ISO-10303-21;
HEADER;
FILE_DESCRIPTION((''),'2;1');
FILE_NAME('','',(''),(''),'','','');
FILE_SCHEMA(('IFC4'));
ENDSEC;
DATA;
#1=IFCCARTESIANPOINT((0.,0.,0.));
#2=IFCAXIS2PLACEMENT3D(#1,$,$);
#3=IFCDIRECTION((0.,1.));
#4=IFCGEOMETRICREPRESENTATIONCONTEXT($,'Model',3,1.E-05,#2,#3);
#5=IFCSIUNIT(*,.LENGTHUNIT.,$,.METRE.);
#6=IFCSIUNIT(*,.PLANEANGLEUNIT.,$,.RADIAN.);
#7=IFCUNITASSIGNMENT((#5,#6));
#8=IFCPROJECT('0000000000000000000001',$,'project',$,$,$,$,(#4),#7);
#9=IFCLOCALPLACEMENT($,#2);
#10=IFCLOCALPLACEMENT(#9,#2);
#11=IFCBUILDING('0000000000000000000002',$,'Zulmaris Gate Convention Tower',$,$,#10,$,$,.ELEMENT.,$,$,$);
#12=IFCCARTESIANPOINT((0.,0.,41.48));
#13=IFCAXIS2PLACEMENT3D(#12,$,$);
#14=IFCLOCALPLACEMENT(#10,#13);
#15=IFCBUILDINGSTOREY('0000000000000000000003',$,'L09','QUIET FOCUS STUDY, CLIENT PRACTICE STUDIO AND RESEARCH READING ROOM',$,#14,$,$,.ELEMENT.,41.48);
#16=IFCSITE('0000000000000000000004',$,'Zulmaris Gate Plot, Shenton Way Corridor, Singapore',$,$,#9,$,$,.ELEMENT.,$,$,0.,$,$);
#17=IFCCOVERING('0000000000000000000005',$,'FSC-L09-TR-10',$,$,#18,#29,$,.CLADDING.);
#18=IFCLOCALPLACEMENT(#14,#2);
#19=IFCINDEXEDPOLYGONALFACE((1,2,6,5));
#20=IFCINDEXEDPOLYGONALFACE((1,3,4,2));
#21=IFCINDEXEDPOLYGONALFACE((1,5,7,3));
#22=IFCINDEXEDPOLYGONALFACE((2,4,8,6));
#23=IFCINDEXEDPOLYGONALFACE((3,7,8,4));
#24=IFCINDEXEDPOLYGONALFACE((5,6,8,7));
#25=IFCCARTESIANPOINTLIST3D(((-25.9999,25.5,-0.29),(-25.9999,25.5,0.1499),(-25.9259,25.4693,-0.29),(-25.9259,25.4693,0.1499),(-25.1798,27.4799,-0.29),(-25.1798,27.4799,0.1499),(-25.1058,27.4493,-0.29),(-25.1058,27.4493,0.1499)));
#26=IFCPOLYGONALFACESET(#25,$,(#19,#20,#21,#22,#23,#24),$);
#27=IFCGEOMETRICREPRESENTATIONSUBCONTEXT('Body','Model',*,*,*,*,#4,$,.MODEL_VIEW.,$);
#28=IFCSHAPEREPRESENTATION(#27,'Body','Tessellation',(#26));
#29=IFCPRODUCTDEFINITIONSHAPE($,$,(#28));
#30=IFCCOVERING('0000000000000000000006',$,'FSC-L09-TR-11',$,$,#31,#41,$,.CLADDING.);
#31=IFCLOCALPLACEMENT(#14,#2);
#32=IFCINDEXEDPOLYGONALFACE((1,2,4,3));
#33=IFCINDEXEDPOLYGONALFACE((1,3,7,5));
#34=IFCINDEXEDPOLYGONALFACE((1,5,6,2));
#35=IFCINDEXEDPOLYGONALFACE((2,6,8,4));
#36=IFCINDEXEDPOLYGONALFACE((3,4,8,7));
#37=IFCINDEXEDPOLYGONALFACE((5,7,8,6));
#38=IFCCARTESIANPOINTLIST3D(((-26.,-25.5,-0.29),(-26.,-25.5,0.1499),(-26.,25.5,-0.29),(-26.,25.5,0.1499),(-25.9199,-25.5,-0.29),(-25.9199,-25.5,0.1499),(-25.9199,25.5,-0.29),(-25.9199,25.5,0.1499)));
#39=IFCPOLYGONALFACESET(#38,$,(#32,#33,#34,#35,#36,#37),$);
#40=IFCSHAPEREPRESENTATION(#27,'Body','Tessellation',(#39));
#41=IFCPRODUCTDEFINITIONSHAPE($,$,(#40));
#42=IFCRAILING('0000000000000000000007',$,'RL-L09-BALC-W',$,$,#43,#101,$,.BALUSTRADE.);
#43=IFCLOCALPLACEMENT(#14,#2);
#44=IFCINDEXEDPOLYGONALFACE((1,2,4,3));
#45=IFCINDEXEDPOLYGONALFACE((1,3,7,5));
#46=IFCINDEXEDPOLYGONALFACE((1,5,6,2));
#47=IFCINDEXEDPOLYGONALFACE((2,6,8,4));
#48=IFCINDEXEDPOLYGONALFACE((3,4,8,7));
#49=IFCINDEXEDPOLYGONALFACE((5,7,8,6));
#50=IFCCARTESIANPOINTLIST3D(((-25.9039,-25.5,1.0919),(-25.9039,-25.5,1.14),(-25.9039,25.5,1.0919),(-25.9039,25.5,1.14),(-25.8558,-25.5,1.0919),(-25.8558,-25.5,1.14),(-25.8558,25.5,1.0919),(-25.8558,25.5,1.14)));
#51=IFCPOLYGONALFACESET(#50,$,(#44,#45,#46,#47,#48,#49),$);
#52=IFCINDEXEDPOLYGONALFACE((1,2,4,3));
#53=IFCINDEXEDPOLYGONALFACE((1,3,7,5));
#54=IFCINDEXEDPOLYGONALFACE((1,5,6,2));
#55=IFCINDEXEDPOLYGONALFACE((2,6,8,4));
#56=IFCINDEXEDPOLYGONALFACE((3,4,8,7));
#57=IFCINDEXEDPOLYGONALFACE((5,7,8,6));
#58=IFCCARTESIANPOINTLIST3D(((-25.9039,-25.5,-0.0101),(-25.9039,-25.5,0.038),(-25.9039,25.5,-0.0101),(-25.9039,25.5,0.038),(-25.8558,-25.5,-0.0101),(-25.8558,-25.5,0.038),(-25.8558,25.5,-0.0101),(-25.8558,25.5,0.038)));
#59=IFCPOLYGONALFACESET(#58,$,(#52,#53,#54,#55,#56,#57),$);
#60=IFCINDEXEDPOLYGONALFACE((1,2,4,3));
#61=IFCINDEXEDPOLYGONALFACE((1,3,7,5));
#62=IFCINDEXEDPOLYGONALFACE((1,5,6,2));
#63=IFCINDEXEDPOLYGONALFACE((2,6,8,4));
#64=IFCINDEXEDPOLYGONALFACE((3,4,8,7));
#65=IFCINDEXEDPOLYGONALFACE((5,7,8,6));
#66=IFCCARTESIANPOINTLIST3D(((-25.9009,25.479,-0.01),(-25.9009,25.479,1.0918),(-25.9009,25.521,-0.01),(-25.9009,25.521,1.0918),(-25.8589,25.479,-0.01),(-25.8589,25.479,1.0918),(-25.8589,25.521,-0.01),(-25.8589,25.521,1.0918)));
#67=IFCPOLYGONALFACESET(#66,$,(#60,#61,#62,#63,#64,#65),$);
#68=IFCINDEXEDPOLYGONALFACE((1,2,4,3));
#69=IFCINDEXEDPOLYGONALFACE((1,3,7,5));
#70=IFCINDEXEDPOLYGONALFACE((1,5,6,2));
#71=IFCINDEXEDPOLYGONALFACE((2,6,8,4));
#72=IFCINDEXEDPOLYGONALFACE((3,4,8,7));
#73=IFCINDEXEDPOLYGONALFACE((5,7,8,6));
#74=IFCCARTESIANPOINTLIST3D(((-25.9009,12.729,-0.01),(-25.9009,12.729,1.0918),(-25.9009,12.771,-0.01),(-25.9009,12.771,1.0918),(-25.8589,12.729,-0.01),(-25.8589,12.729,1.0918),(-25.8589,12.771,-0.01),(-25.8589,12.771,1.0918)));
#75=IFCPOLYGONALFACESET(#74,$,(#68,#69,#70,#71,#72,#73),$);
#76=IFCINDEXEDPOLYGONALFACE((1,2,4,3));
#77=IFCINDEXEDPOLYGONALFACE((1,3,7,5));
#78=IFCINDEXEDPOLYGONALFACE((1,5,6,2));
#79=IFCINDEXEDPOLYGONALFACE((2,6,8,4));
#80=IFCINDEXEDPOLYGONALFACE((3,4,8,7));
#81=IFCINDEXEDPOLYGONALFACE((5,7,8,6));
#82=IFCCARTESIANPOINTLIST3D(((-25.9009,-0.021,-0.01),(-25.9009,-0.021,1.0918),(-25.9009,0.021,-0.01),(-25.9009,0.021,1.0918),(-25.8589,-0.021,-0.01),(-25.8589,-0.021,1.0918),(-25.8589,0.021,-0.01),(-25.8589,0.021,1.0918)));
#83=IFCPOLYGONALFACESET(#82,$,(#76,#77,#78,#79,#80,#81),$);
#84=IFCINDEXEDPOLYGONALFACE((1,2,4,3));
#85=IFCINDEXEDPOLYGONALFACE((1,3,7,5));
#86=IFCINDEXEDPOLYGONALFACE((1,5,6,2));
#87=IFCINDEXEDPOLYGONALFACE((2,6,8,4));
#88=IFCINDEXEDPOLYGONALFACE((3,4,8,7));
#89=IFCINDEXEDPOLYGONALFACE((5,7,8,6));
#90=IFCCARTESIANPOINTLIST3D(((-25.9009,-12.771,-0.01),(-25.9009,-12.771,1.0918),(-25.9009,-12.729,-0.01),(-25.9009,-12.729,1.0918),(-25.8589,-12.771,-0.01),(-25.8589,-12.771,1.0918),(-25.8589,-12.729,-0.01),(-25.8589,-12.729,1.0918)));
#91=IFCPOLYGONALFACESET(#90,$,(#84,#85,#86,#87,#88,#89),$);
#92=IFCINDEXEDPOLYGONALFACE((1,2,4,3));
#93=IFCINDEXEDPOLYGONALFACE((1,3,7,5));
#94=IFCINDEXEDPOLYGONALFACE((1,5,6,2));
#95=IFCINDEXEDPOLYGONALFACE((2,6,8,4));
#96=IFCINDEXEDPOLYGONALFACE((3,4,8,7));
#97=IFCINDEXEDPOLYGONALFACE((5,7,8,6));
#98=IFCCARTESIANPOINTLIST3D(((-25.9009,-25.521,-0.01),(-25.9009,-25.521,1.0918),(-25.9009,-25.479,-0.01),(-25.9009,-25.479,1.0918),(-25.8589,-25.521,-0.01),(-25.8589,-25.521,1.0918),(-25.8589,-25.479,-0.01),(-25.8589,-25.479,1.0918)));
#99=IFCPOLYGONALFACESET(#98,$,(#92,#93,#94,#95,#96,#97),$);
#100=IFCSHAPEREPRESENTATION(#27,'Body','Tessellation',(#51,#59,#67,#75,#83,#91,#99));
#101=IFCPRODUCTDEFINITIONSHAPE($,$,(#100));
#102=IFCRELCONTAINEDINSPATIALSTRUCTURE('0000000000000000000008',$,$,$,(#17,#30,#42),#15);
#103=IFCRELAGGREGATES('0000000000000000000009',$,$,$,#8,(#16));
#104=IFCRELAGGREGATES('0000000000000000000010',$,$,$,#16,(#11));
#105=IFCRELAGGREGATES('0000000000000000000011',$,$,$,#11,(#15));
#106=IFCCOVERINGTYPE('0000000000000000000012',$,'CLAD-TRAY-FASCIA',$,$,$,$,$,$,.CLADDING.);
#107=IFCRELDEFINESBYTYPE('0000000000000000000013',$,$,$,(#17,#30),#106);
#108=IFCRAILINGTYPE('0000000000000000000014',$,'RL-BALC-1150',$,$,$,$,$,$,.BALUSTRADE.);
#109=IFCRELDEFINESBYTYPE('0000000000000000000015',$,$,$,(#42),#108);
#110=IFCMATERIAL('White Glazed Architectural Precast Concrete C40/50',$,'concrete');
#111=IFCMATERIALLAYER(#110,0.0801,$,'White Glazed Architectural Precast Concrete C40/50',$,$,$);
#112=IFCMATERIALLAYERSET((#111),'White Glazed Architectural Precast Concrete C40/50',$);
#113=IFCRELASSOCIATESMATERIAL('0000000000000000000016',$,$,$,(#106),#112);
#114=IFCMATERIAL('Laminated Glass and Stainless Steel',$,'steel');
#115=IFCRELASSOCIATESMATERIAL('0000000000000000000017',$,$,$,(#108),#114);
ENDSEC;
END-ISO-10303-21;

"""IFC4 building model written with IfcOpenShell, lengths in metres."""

from ifc_helpers import new_model, si_unit, direction, frame, frame_2d, origin, origin_2d, place, context, subcontext, project, spatial, rectangle, extrude, material, layer, layer_set, type_object, element, save


model = new_model("IFC4")

# Units and contexts
model_context = context("Model", 3, precision=1e-05, world=origin(), true_north=direction((0.0, 1.0)))
body_context = subcontext(model_context, "Body", "Model", "MODEL_VIEW")
ifc_project = project(units=[si_unit("LENGTHUNIT", "METRE"), si_unit("PLANEANGLEUNIT", "RADIAN")], contexts=[model_context])

# Site, building, storey
site_placement = place(None, origin())
site = spatial("IfcSite", under=ifc_project, at=site_placement, Name="Zulmaris Gate Plot, Shenton Way Corridor, Singapore", CompositionType="ELEMENT", RefElevation=0.0)
building_placement = place(site_placement, origin())
building = spatial("IfcBuilding", under=site, at=building_placement, Name="Zulmaris Gate Convention Tower", CompositionType="ELEMENT")
storey_placement = place(building_placement, frame((0.0, 0.0, 41.48)))
storey = spatial("IfcBuildingStorey", under=building, at=storey_placement, Name="L09", Description="QUIET FOCUS STUDY, CLIENT PRACTICE STUDIO AND RESEARCH READING ROOM", CompositionType="ELEMENT", Elevation=41.48)

# Coverings
ifc_material_1 = material(Name="White Glazed Architectural Precast Concrete C40/50", Category="concrete")
ifc_layer_1 = layer(ifc_material_1, 0.0801, Name="White Glazed Architectural Precast Concrete C40/50")
ifc_layer_set_1 = layer_set([ifc_layer_1], Name="White Glazed Architectural Precast Concrete C40/50")
covering_type_1 = type_object("IfcCoveringType", Name="CLAD-TRAY-FASCIA", PredefinedType="CLADDING", material=ifc_layer_set_1)
covering_1_placement = place(storey_placement, frame((-25.1428, 27.4646, -0.29), z_axis=(0.0, 0.0, 1.0), x_axis=(-0.382657, -0.92389, 0.0)))
element("IfcCovering", 1, at=covering_1_placement, inside=storey, type_object=covering_type_1, Name="FSC-L09-TR-10", PredefinedType="CLADDING", context=body_context, shape_type="SweptSolid", body=[
    extrude(rectangle(XDim=2.1431, YDim=0.0801, at=frame_2d((1.0715, 0.0))), origin(), (0.0, 0.0, 1.0), 0.4399),
])
covering_2_placement = place(storey_placement, frame((-25.96, 25.5, -0.29), z_axis=(0.0, 0.0, 1.0), x_axis=(0.0, -1.0, 0.0)))
element("IfcCovering", 2, at=covering_2_placement, inside=storey, type_object=covering_type_1, Name="FSC-L09-TR-11", PredefinedType="CLADDING", context=body_context, shape_type="SweptSolid", body=[
    extrude(rectangle(XDim=51.0, YDim=0.0801, at=frame_2d((25.5, 0.0))), origin(), (0.0, 0.0, 1.0), 0.4399),
])

# Railing
ifc_material_2 = material(Name="Laminated Glass and Stainless Steel", Category="steel")
railing_type = type_object("IfcRailingType", Name="RL-BALC-1150", PredefinedType="BALUSTRADE", material=ifc_material_2)
railing_placement = place(storey_placement, frame((-25.8799, 25.5, -0.01)))
element("IfcRailing", 3, at=railing_placement, inside=storey, type_object=railing_type, Name="RL-L09-BALC-W", PredefinedType="BALUSTRADE", context=body_context, shape_type="SweptSolid", body=[
    extrude(rectangle(XDim=0.0481, YDim=0.0481, at=origin_2d()), frame((0.0, 0.0, 1.126), z_axis=(0.0, -1.0, 0.0), x_axis=(1.0, 0.0, 0.0)), (0.0, 0.0, 1.0), 51.0),
    extrude(rectangle(XDim=0.0481, YDim=0.0481, at=origin_2d()), frame((0.0, 0.0, 0.0239), z_axis=(0.0, -1.0, 0.0), x_axis=(1.0, 0.0, 0.0)), (0.0, 0.0, 1.0), 51.0),
    extrude(rectangle(XDim=0.042, YDim=0.042, at=origin_2d()), origin(), (0.0, 0.0, 1.0), 1.1018),
    extrude(rectangle(XDim=0.042, YDim=0.042, at=origin_2d()), frame((0.0, -12.75, 0.0)), (0.0, 0.0, 1.0), 1.1018),
    extrude(rectangle(XDim=0.042, YDim=0.042, at=origin_2d()), frame((0.0, -25.5, 0.0)), (0.0, 0.0, 1.0), 1.1018),
    extrude(rectangle(XDim=0.042, YDim=0.042, at=origin_2d()), frame((0.0, -38.25, 0.0)), (0.0, 0.0, 1.0), 1.1018),
    extrude(rectangle(XDim=0.042, YDim=0.042, at=origin_2d()), frame((0.0, -51.0, 0.0)), (0.0, 0.0, 1.0), 1.1018),
])

save(model, "model.ifc")
